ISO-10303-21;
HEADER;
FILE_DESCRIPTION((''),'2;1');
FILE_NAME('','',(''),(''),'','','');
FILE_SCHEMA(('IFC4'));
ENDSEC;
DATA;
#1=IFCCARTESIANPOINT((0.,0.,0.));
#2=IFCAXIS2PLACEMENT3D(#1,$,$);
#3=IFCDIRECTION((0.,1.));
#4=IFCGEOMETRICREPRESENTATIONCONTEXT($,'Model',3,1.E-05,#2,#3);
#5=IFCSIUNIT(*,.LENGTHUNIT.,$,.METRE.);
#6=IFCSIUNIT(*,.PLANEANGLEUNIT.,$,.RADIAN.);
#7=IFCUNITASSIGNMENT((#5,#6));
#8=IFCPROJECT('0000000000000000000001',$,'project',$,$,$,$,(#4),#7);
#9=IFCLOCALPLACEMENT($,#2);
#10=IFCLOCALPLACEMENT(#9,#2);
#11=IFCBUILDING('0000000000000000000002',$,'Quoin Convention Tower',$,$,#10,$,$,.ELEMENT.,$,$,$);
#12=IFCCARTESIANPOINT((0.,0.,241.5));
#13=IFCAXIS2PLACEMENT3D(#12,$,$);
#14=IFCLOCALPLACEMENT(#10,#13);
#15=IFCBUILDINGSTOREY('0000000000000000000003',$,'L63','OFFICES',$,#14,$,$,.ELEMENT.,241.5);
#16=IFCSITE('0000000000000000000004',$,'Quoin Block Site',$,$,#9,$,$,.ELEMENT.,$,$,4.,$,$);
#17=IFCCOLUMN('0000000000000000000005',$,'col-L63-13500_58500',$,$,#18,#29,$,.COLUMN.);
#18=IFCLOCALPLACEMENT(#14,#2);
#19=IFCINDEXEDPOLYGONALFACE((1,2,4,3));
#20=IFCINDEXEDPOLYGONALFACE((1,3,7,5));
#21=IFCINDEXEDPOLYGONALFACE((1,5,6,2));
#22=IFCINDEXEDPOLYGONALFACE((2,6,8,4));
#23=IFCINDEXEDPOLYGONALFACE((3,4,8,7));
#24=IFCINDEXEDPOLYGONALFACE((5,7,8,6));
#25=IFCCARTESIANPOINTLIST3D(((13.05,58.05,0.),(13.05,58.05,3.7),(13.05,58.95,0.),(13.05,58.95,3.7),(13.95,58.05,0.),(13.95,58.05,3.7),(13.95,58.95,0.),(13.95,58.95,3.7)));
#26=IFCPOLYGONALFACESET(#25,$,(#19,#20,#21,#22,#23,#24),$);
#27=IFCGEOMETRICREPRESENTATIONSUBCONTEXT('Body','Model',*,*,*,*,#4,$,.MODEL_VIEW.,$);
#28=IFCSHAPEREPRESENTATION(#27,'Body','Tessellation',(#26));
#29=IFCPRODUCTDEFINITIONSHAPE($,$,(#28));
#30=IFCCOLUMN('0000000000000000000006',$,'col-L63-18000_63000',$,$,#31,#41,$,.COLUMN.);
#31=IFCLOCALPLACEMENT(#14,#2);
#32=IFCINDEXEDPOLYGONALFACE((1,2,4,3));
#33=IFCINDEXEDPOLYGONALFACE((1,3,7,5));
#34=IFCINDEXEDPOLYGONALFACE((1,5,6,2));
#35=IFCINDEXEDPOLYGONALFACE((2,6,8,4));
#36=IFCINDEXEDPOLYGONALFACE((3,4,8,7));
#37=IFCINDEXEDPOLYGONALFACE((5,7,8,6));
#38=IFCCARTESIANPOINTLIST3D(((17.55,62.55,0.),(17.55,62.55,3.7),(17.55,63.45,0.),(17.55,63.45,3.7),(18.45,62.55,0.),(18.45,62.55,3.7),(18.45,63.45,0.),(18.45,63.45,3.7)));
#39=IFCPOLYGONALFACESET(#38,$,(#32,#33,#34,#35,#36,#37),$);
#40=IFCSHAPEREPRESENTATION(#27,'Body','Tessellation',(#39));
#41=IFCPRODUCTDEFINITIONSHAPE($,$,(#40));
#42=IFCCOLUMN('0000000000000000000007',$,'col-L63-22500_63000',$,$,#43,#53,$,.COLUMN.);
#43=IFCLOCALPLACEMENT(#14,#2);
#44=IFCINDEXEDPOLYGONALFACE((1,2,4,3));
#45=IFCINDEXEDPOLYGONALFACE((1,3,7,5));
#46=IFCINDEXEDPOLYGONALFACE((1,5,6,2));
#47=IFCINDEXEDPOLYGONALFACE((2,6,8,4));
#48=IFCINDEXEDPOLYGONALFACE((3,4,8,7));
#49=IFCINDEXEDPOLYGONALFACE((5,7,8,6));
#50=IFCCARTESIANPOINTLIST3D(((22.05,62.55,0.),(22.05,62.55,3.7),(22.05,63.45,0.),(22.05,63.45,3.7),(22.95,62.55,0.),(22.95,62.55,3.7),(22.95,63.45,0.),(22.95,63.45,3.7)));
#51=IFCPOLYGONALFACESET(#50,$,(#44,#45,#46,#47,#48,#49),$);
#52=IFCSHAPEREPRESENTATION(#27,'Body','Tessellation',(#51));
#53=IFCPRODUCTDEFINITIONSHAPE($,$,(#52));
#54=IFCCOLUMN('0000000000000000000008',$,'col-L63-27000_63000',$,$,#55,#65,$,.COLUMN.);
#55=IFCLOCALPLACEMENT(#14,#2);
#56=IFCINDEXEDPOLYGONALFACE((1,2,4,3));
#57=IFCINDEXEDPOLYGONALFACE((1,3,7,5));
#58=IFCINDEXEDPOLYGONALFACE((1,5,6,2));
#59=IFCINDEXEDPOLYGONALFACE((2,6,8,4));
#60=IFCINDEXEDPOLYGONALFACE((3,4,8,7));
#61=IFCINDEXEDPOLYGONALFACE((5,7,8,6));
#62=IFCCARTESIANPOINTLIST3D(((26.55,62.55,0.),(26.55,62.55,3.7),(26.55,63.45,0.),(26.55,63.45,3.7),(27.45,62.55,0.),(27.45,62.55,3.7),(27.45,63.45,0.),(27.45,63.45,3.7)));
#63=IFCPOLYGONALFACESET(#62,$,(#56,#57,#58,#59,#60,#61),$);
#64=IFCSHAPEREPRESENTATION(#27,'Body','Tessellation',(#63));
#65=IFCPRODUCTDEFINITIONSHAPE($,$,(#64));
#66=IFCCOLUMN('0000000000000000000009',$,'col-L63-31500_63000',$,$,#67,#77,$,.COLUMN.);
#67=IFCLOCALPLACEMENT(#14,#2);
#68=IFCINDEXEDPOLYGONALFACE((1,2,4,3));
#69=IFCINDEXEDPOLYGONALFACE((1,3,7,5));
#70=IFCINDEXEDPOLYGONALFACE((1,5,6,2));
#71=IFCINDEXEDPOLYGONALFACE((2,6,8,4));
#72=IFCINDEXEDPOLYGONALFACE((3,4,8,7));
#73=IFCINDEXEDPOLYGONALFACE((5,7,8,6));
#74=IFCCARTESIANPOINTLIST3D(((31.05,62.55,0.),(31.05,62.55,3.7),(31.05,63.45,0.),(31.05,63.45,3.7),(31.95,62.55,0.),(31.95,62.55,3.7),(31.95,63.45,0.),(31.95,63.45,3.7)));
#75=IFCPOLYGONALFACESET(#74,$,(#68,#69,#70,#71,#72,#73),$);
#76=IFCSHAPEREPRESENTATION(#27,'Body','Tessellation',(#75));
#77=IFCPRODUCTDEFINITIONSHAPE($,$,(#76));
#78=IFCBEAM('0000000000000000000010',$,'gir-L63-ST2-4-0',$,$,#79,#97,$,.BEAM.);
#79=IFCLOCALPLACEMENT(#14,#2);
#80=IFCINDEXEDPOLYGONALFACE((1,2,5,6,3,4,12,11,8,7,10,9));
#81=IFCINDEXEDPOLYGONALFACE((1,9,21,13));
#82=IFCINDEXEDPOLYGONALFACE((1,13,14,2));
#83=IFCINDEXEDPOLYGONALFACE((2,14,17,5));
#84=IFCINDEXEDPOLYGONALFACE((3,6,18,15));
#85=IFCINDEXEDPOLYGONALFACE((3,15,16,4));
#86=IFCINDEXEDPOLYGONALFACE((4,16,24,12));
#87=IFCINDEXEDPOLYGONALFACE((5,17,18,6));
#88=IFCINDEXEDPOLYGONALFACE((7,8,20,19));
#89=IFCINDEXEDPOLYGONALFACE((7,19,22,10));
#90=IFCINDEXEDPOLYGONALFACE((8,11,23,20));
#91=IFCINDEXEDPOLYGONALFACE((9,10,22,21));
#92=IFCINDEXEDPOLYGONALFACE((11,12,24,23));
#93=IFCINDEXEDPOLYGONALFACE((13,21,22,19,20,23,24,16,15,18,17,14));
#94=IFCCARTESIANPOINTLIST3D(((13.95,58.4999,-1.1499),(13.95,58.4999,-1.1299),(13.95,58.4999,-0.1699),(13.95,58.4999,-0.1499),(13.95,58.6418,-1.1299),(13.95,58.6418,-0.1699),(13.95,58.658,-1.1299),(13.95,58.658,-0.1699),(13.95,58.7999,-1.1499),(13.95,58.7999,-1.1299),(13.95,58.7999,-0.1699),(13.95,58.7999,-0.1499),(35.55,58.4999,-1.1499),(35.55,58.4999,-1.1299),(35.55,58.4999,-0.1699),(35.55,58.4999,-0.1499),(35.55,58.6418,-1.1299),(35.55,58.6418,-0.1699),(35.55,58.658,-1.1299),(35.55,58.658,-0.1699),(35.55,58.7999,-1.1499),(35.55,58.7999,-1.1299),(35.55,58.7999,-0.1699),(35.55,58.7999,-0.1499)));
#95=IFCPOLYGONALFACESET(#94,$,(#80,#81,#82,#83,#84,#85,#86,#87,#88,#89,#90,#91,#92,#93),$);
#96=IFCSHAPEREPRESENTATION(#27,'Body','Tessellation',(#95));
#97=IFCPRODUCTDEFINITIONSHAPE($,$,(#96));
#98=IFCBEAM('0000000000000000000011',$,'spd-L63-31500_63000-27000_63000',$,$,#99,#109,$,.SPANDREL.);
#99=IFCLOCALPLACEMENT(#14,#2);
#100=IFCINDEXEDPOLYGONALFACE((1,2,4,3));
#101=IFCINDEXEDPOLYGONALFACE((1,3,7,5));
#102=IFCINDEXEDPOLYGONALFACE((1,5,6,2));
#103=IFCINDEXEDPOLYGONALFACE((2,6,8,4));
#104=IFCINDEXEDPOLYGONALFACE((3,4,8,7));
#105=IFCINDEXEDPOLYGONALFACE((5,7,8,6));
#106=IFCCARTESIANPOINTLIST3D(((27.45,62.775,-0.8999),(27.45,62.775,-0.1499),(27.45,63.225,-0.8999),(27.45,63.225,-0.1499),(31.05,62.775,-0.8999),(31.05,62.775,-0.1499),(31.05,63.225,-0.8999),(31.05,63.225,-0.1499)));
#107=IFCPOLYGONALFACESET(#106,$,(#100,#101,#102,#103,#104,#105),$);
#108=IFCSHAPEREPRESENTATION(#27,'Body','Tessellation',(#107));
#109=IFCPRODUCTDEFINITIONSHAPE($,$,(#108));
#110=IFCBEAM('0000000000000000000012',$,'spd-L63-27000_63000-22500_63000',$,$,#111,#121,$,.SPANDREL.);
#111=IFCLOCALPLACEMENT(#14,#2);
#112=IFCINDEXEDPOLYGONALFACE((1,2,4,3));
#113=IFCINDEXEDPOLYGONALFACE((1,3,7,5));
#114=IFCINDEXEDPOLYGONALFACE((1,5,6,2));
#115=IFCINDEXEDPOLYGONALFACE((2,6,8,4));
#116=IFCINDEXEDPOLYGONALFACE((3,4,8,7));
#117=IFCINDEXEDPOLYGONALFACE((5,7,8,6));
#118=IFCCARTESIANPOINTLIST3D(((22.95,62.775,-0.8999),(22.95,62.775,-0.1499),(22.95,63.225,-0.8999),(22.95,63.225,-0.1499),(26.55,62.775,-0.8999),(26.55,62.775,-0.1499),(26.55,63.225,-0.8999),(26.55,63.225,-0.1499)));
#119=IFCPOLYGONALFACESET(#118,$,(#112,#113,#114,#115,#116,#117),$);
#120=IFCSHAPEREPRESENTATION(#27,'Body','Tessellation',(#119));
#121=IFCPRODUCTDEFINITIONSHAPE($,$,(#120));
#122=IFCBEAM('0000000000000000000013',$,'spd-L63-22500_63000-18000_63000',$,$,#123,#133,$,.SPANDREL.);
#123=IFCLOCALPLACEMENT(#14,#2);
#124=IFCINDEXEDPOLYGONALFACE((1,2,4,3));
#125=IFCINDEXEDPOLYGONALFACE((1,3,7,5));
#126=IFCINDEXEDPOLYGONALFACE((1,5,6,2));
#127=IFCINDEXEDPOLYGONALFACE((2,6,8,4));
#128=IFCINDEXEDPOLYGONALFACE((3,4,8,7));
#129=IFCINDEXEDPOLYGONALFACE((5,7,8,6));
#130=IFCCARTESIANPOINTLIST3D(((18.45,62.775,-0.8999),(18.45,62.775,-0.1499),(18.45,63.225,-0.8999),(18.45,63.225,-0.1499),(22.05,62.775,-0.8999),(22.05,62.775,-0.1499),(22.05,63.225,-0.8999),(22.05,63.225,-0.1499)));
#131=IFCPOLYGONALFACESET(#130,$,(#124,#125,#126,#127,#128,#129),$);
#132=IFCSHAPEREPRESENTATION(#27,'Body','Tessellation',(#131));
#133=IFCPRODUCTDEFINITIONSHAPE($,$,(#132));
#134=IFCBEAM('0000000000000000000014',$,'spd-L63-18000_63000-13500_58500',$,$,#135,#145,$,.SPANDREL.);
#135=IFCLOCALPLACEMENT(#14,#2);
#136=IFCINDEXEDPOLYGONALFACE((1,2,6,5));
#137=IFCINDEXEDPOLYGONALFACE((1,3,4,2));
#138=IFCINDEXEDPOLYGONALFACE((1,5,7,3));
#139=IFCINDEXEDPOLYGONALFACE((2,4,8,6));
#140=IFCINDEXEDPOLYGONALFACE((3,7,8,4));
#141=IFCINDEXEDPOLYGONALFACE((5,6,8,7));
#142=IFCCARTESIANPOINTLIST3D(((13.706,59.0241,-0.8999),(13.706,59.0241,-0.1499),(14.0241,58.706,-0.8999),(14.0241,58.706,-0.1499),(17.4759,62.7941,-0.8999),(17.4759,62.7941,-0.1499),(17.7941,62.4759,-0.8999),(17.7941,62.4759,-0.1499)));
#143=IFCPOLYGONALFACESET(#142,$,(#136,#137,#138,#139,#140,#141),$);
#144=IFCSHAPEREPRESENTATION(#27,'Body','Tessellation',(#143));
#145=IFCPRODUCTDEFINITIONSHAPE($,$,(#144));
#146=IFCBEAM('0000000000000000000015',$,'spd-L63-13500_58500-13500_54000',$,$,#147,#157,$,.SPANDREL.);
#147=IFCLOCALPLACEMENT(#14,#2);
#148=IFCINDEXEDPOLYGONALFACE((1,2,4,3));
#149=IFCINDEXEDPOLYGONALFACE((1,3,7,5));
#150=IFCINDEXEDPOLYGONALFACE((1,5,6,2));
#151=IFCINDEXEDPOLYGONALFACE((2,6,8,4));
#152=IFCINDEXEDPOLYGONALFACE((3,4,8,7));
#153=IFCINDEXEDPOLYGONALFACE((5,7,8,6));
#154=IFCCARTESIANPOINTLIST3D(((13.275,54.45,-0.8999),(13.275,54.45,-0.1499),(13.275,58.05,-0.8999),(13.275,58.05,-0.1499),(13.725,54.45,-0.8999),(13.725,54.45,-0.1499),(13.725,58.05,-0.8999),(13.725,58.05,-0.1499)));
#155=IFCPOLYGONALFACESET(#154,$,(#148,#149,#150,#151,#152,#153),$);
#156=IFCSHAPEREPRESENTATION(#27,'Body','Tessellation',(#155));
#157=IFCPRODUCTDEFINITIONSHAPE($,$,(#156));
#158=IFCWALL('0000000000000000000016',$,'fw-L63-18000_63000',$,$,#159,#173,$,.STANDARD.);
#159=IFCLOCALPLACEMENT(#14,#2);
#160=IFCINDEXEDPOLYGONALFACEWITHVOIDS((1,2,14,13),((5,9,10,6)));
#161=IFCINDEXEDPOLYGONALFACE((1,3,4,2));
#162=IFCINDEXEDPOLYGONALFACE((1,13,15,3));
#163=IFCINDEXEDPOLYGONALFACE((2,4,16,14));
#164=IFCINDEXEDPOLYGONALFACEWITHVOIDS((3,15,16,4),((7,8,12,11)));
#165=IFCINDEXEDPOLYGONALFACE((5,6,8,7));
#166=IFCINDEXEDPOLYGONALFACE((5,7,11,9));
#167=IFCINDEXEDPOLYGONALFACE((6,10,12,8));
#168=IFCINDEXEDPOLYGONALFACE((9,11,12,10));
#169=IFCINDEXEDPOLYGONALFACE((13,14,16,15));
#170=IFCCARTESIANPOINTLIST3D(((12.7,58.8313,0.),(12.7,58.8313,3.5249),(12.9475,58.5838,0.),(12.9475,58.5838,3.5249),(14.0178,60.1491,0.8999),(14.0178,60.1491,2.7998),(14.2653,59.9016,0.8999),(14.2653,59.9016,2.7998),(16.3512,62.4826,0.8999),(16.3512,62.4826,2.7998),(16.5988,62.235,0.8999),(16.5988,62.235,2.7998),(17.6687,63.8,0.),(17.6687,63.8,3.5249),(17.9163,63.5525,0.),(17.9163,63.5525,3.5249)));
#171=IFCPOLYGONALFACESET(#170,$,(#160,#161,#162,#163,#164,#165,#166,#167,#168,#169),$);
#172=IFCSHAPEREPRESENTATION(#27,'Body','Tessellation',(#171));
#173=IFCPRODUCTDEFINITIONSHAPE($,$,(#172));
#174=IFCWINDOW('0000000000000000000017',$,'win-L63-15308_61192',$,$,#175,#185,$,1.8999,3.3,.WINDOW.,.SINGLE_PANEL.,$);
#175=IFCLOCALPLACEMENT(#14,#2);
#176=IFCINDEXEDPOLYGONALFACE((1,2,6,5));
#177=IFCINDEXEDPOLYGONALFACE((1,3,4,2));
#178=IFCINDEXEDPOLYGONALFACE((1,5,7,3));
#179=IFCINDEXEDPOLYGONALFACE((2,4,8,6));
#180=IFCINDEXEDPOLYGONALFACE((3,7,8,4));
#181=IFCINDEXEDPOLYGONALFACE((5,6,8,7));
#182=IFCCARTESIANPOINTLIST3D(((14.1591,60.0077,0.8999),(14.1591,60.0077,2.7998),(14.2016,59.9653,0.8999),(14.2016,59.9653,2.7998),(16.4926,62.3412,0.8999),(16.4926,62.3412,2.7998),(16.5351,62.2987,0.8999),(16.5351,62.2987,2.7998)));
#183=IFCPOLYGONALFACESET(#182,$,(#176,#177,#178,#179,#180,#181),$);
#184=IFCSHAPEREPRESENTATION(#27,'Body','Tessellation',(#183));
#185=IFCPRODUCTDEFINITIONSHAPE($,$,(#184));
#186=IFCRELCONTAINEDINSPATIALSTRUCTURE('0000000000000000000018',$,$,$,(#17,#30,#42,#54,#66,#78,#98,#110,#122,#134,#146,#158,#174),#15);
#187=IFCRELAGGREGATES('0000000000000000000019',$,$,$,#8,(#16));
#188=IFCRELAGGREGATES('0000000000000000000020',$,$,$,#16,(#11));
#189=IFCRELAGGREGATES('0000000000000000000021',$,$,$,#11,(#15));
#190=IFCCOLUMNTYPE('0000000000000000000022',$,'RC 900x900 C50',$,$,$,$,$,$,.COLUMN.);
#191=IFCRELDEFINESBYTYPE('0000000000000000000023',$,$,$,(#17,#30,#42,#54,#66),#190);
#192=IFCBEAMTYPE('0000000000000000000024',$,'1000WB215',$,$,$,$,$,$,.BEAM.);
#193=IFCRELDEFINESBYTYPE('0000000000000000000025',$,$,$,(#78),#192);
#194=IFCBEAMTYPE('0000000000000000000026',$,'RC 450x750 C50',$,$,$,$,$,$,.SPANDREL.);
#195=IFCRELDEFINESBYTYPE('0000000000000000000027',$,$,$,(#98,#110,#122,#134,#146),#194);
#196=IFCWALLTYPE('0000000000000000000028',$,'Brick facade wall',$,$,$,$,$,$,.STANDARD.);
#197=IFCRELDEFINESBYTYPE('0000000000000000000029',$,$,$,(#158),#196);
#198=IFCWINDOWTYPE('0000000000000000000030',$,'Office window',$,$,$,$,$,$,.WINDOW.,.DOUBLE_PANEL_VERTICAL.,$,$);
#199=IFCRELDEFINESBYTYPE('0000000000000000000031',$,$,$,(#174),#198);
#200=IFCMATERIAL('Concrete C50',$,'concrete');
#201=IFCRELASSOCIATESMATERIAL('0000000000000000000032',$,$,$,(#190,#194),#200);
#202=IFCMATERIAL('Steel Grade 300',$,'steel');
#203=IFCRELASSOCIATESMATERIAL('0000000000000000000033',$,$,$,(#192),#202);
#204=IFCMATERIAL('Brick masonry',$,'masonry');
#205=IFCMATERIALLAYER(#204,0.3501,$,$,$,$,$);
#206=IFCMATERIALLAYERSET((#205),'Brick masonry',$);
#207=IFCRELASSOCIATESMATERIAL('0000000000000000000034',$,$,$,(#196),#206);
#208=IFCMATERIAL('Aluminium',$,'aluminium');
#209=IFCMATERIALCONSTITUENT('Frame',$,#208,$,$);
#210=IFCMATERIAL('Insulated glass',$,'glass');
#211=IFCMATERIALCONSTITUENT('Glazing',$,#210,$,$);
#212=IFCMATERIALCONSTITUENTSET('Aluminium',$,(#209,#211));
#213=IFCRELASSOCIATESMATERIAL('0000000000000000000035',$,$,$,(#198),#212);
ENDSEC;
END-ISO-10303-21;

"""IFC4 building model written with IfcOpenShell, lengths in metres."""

from ifc_helpers import new_model, si_unit, direction, frame, frame_2d, origin, origin_2d, place, context, subcontext, project, spatial, rectangle, i_section, extrude, material, layer, layer_set, constituent, constituent_set, material_profile, profile_set, type_object, element, fill, save


model = new_model("IFC4")

# Units and contexts
model_context = context("Model", 3, precision=1e-05, world=origin(), true_north=direction((0.0, 1.0)))
body_context = subcontext(model_context, "Body", "Model", "MODEL_VIEW")
ifc_project = project(units=[si_unit("LENGTHUNIT", "METRE"), si_unit("PLANEANGLEUNIT", "RADIAN")], contexts=[model_context])

# Site, building, storey
site_placement = place(None, origin())
site = spatial("IfcSite", under=ifc_project, at=site_placement, Name="Quoin Block Site", CompositionType="ELEMENT", RefElevation=4.0)
building_placement = place(site_placement, origin())
building = spatial("IfcBuilding", under=site, at=building_placement, Name="Quoin Convention Tower", CompositionType="ELEMENT")
storey_placement = place(building_placement, frame((0.0, 0.0, 241.5)))
storey = spatial("IfcBuildingStorey", under=building, at=storey_placement, Name="L63", Description="OFFICES", CompositionType="ELEMENT", Elevation=241.5)

# Columns
ifc_material_1 = material(Name="Concrete C50", Category="concrete")
ifc_material_profile_1 = material_profile(ifc_material_1, rectangle(XDim=0.8999, YDim=0.8999, at=origin_2d()), Name="RC 900x900")
ifc_profile_set_1 = profile_set([ifc_material_profile_1], Name="Concrete C50")
column_type = type_object("IfcColumnType", Name="RC 900x900 C50", PredefinedType="COLUMN", material=ifc_profile_set_1)
for number, where, z_axis, x_axis, name in (
    (1, (13.5, 58.5, 0.0), (0.0, 0.0, 1.0), (1.0, 0.0, 0.0), "col-L63-13500_58500"),
    (2, (18.0, 63.0, 0.0), (0.0, 0.0, 1.0), (1.0, 0.0, 0.0), "col-L63-18000_63000"),
    (3, (22.5, 63.0, 0.0), (0.0, 0.0, 1.0), (1.0, 0.0, 0.0), "col-L63-22500_63000"),
    (4, (27.0, 63.0, 0.0), (0.0, 0.0, 1.0), (1.0, 0.0, 0.0), "col-L63-27000_63000"),
    (5, (31.5, 63.0, 0.0), (0.0, 0.0, 1.0), (1.0, 0.0, 0.0), "col-L63-31500_63000"),
):
    element("IfcColumn", number, at=place(storey_placement, frame(where, z_axis=z_axis, x_axis=x_axis)), inside=storey, type_object=column_type, Name=name, PredefinedType="COLUMN", context=body_context, shape_type="SweptSolid", body=[
        extrude(rectangle(XDim=0.8999, YDim=0.8999, at=origin_2d()), origin(), (0.0, 0.0, 1.0), 3.7),
    ])

# Beams
ifc_material_2 = material(Name="Steel Grade 300", Category="steel")
ifc_material_profile_2 = material_profile(ifc_material_2, i_section(OverallWidth=0.3, OverallDepth=1.0, WebThickness=0.0161, FlangeThickness=0.02, at=origin_2d()), Name="1000WB215")
ifc_profile_set_2 = profile_set([ifc_material_profile_2], Name="Steel Grade 300")
beam_type_1 = type_object("IfcBeamType", Name="1000WB215", PredefinedType="BEAM", material=ifc_profile_set_2)
beam_1_placement = place(storey_placement, frame((13.95, 58.6499, -0.6499), z_axis=(1.0, 0.0, 0.0), x_axis=(0.0, 1.0, 0.0)))
element("IfcBeam", 6, at=beam_1_placement, inside=storey, type_object=beam_type_1, Name="gir-L63-ST2-4-0", PredefinedType="BEAM", context=body_context, shape_type="SweptSolid", body=[
    extrude(i_section(OverallWidth=0.3, OverallDepth=1.0, WebThickness=0.0161, FlangeThickness=0.02, at=origin_2d()), origin(), (0.0, 0.0, 1.0), 21.6001),
])
ifc_material_profile_3 = material_profile(ifc_material_1, rectangle(XDim=0.45, YDim=0.75, at=origin_2d()), Name="RC 450x750")
ifc_profile_set_3 = profile_set([ifc_material_profile_3], Name="Concrete C50")
beam_type_2 = type_object("IfcBeamType", Name="RC 450x750 C50", PredefinedType="SPANDREL", material=ifc_profile_set_3)
for number, where, z_axis, x_axis, name in (
    (7, (31.05, 63.0, -0.5249), (-1.0, 0.0, 0.0), (0.0, -1.0, 0.0), "spd-L63-31500_63000-27000_63000"),
    (8, (26.55, 63.0, -0.5249), (-1.0, 0.0, 0.0), (0.0, -1.0, 0.0), "spd-L63-27000_63000-22500_63000"),
    (9, (22.05, 63.0, -0.5249), (-1.0, 0.0, 0.0), (0.0, -1.0, 0.0), "spd-L63-22500_63000-18000_63000"),
):
    element("IfcBeam", number, at=place(storey_placement, frame(where, z_axis=z_axis, x_axis=x_axis)), inside=storey, type_object=beam_type_2, Name=name, PredefinedType="SPANDREL", context=body_context, shape_type="SweptSolid", body=[
        extrude(rectangle(XDim=0.45, YDim=0.75, at=origin_2d()), origin(), (0.0, 0.0, 1.0), 3.6001),
    ])
beam_2_placement = place(storey_placement, frame((17.635, 62.635, -0.5249), z_axis=(-0.707107, -0.707107, 0.0), x_axis=(0.707107, -0.707107, 0.0)))
element("IfcBeam", 10, at=beam_2_placement, inside=storey, type_object=beam_type_2, Name="spd-L63-18000_63000-13500_58500", PredefinedType="SPANDREL", context=body_context, shape_type="SweptSolid", body=[
    extrude(rectangle(XDim=0.45, YDim=0.75, at=origin_2d()), origin(), (0.0, 0.0, 1.0), 5.3315),
])
beam_3_placement = place(storey_placement, frame((13.5, 58.05, -0.5249), z_axis=(0.0, -1.0, 0.0), x_axis=(1.0, 0.0, 0.0)))
element("IfcBeam", 11, at=beam_3_placement, inside=storey, type_object=beam_type_2, Name="spd-L63-13500_58500-13500_54000", PredefinedType="SPANDREL", context=body_context, shape_type="SweptSolid", body=[
    extrude(rectangle(XDim=0.45, YDim=0.75, at=origin_2d()), origin(), (0.0, 0.0, 1.0), 3.6001),
])

# Wall, opening, window
ifc_material_3 = material(Name="Brick masonry", Category="masonry")
ifc_layer_1 = layer(ifc_material_3, 0.3501)
ifc_layer_set_1 = layer_set([ifc_layer_1], Name="Brick masonry")
wall_type_1 = type_object("IfcWallType", Name="Brick facade wall", PredefinedType="STANDARD", material=ifc_layer_set_1)
wall_1_placement = place(storey_placement, frame((17.7925, 63.6763, 0.0), z_axis=(0.0, 0.0, 1.0), x_axis=(-0.707107, -0.707107, 0.0)))
wall_1 = element("IfcWall", 12, at=wall_1_placement, inside=storey, type_object=wall_type_1, Name="fw-L63-18000_63000", PredefinedType="STANDARD", context=body_context, shape_type="SweptSolid", body=[
    extrude(rectangle(XDim=7.0269, YDim=0.3501, at=frame_2d((3.5134, 0.0))), origin(), (0.0, 0.0, 1.0), 3.5249),
])
opening_1_placement = place(wall_1_placement, frame((1.8633, 0.0, 0.8999)))
opening_1 = element("IfcOpeningElement", 13, at=opening_1_placement, cuts=wall_1, PredefinedType="OPENING", context=body_context, shape_type="SweptSolid", body=[
    extrude(rectangle(XDim=3.3, YDim=1.8999, at=frame_2d((1.6499, 0.95))), frame((0.0, 0.1851, 0.0), z_axis=(0.0, -1.0, 0.0), x_axis=(1.0, 0.0, 0.0)), (0.0, 0.0, 1.0), 0.3701),
])
ifc_material_4 = material(Name="Aluminium", Category="aluminium")
ifc_constituent_1 = constituent(ifc_material_4, Name="Frame")
ifc_material_5 = material(Name="Insulated glass", Category="glass")
ifc_constituent_2 = constituent(ifc_material_5, Name="Glazing")
ifc_constituent_set = constituent_set(constituents=[ifc_constituent_1, ifc_constituent_2], Name="Aluminium")
window_type = type_object("IfcWindowType", Name="Office window", PartitioningType="DOUBLE_PANEL_VERTICAL", PredefinedType="WINDOW", material=ifc_constituent_set)
window_1_placement = place(opening_1_placement, origin())
window_1 = element("IfcWindow", 14, at=window_1_placement, inside=storey, type_object=window_type, Name="win-L63-15308_61192", OverallHeight=1.8999, OverallWidth=3.3, PartitioningType="SINGLE_PANEL", PredefinedType="WINDOW", context=body_context, shape_type="SweptSolid", body=[
    extrude(rectangle(XDim=3.3, YDim=1.8999, at=frame_2d((1.6499, 0.95))), frame((0.0, 0.085, 0.0), z_axis=(0.0, -1.0, 0.0), x_axis=(1.0, 0.0, 0.0)), (0.0, 0.0, 1.0), 0.0601),
])
fill(opening_1, window_1)

save(model, "model.ifc")
